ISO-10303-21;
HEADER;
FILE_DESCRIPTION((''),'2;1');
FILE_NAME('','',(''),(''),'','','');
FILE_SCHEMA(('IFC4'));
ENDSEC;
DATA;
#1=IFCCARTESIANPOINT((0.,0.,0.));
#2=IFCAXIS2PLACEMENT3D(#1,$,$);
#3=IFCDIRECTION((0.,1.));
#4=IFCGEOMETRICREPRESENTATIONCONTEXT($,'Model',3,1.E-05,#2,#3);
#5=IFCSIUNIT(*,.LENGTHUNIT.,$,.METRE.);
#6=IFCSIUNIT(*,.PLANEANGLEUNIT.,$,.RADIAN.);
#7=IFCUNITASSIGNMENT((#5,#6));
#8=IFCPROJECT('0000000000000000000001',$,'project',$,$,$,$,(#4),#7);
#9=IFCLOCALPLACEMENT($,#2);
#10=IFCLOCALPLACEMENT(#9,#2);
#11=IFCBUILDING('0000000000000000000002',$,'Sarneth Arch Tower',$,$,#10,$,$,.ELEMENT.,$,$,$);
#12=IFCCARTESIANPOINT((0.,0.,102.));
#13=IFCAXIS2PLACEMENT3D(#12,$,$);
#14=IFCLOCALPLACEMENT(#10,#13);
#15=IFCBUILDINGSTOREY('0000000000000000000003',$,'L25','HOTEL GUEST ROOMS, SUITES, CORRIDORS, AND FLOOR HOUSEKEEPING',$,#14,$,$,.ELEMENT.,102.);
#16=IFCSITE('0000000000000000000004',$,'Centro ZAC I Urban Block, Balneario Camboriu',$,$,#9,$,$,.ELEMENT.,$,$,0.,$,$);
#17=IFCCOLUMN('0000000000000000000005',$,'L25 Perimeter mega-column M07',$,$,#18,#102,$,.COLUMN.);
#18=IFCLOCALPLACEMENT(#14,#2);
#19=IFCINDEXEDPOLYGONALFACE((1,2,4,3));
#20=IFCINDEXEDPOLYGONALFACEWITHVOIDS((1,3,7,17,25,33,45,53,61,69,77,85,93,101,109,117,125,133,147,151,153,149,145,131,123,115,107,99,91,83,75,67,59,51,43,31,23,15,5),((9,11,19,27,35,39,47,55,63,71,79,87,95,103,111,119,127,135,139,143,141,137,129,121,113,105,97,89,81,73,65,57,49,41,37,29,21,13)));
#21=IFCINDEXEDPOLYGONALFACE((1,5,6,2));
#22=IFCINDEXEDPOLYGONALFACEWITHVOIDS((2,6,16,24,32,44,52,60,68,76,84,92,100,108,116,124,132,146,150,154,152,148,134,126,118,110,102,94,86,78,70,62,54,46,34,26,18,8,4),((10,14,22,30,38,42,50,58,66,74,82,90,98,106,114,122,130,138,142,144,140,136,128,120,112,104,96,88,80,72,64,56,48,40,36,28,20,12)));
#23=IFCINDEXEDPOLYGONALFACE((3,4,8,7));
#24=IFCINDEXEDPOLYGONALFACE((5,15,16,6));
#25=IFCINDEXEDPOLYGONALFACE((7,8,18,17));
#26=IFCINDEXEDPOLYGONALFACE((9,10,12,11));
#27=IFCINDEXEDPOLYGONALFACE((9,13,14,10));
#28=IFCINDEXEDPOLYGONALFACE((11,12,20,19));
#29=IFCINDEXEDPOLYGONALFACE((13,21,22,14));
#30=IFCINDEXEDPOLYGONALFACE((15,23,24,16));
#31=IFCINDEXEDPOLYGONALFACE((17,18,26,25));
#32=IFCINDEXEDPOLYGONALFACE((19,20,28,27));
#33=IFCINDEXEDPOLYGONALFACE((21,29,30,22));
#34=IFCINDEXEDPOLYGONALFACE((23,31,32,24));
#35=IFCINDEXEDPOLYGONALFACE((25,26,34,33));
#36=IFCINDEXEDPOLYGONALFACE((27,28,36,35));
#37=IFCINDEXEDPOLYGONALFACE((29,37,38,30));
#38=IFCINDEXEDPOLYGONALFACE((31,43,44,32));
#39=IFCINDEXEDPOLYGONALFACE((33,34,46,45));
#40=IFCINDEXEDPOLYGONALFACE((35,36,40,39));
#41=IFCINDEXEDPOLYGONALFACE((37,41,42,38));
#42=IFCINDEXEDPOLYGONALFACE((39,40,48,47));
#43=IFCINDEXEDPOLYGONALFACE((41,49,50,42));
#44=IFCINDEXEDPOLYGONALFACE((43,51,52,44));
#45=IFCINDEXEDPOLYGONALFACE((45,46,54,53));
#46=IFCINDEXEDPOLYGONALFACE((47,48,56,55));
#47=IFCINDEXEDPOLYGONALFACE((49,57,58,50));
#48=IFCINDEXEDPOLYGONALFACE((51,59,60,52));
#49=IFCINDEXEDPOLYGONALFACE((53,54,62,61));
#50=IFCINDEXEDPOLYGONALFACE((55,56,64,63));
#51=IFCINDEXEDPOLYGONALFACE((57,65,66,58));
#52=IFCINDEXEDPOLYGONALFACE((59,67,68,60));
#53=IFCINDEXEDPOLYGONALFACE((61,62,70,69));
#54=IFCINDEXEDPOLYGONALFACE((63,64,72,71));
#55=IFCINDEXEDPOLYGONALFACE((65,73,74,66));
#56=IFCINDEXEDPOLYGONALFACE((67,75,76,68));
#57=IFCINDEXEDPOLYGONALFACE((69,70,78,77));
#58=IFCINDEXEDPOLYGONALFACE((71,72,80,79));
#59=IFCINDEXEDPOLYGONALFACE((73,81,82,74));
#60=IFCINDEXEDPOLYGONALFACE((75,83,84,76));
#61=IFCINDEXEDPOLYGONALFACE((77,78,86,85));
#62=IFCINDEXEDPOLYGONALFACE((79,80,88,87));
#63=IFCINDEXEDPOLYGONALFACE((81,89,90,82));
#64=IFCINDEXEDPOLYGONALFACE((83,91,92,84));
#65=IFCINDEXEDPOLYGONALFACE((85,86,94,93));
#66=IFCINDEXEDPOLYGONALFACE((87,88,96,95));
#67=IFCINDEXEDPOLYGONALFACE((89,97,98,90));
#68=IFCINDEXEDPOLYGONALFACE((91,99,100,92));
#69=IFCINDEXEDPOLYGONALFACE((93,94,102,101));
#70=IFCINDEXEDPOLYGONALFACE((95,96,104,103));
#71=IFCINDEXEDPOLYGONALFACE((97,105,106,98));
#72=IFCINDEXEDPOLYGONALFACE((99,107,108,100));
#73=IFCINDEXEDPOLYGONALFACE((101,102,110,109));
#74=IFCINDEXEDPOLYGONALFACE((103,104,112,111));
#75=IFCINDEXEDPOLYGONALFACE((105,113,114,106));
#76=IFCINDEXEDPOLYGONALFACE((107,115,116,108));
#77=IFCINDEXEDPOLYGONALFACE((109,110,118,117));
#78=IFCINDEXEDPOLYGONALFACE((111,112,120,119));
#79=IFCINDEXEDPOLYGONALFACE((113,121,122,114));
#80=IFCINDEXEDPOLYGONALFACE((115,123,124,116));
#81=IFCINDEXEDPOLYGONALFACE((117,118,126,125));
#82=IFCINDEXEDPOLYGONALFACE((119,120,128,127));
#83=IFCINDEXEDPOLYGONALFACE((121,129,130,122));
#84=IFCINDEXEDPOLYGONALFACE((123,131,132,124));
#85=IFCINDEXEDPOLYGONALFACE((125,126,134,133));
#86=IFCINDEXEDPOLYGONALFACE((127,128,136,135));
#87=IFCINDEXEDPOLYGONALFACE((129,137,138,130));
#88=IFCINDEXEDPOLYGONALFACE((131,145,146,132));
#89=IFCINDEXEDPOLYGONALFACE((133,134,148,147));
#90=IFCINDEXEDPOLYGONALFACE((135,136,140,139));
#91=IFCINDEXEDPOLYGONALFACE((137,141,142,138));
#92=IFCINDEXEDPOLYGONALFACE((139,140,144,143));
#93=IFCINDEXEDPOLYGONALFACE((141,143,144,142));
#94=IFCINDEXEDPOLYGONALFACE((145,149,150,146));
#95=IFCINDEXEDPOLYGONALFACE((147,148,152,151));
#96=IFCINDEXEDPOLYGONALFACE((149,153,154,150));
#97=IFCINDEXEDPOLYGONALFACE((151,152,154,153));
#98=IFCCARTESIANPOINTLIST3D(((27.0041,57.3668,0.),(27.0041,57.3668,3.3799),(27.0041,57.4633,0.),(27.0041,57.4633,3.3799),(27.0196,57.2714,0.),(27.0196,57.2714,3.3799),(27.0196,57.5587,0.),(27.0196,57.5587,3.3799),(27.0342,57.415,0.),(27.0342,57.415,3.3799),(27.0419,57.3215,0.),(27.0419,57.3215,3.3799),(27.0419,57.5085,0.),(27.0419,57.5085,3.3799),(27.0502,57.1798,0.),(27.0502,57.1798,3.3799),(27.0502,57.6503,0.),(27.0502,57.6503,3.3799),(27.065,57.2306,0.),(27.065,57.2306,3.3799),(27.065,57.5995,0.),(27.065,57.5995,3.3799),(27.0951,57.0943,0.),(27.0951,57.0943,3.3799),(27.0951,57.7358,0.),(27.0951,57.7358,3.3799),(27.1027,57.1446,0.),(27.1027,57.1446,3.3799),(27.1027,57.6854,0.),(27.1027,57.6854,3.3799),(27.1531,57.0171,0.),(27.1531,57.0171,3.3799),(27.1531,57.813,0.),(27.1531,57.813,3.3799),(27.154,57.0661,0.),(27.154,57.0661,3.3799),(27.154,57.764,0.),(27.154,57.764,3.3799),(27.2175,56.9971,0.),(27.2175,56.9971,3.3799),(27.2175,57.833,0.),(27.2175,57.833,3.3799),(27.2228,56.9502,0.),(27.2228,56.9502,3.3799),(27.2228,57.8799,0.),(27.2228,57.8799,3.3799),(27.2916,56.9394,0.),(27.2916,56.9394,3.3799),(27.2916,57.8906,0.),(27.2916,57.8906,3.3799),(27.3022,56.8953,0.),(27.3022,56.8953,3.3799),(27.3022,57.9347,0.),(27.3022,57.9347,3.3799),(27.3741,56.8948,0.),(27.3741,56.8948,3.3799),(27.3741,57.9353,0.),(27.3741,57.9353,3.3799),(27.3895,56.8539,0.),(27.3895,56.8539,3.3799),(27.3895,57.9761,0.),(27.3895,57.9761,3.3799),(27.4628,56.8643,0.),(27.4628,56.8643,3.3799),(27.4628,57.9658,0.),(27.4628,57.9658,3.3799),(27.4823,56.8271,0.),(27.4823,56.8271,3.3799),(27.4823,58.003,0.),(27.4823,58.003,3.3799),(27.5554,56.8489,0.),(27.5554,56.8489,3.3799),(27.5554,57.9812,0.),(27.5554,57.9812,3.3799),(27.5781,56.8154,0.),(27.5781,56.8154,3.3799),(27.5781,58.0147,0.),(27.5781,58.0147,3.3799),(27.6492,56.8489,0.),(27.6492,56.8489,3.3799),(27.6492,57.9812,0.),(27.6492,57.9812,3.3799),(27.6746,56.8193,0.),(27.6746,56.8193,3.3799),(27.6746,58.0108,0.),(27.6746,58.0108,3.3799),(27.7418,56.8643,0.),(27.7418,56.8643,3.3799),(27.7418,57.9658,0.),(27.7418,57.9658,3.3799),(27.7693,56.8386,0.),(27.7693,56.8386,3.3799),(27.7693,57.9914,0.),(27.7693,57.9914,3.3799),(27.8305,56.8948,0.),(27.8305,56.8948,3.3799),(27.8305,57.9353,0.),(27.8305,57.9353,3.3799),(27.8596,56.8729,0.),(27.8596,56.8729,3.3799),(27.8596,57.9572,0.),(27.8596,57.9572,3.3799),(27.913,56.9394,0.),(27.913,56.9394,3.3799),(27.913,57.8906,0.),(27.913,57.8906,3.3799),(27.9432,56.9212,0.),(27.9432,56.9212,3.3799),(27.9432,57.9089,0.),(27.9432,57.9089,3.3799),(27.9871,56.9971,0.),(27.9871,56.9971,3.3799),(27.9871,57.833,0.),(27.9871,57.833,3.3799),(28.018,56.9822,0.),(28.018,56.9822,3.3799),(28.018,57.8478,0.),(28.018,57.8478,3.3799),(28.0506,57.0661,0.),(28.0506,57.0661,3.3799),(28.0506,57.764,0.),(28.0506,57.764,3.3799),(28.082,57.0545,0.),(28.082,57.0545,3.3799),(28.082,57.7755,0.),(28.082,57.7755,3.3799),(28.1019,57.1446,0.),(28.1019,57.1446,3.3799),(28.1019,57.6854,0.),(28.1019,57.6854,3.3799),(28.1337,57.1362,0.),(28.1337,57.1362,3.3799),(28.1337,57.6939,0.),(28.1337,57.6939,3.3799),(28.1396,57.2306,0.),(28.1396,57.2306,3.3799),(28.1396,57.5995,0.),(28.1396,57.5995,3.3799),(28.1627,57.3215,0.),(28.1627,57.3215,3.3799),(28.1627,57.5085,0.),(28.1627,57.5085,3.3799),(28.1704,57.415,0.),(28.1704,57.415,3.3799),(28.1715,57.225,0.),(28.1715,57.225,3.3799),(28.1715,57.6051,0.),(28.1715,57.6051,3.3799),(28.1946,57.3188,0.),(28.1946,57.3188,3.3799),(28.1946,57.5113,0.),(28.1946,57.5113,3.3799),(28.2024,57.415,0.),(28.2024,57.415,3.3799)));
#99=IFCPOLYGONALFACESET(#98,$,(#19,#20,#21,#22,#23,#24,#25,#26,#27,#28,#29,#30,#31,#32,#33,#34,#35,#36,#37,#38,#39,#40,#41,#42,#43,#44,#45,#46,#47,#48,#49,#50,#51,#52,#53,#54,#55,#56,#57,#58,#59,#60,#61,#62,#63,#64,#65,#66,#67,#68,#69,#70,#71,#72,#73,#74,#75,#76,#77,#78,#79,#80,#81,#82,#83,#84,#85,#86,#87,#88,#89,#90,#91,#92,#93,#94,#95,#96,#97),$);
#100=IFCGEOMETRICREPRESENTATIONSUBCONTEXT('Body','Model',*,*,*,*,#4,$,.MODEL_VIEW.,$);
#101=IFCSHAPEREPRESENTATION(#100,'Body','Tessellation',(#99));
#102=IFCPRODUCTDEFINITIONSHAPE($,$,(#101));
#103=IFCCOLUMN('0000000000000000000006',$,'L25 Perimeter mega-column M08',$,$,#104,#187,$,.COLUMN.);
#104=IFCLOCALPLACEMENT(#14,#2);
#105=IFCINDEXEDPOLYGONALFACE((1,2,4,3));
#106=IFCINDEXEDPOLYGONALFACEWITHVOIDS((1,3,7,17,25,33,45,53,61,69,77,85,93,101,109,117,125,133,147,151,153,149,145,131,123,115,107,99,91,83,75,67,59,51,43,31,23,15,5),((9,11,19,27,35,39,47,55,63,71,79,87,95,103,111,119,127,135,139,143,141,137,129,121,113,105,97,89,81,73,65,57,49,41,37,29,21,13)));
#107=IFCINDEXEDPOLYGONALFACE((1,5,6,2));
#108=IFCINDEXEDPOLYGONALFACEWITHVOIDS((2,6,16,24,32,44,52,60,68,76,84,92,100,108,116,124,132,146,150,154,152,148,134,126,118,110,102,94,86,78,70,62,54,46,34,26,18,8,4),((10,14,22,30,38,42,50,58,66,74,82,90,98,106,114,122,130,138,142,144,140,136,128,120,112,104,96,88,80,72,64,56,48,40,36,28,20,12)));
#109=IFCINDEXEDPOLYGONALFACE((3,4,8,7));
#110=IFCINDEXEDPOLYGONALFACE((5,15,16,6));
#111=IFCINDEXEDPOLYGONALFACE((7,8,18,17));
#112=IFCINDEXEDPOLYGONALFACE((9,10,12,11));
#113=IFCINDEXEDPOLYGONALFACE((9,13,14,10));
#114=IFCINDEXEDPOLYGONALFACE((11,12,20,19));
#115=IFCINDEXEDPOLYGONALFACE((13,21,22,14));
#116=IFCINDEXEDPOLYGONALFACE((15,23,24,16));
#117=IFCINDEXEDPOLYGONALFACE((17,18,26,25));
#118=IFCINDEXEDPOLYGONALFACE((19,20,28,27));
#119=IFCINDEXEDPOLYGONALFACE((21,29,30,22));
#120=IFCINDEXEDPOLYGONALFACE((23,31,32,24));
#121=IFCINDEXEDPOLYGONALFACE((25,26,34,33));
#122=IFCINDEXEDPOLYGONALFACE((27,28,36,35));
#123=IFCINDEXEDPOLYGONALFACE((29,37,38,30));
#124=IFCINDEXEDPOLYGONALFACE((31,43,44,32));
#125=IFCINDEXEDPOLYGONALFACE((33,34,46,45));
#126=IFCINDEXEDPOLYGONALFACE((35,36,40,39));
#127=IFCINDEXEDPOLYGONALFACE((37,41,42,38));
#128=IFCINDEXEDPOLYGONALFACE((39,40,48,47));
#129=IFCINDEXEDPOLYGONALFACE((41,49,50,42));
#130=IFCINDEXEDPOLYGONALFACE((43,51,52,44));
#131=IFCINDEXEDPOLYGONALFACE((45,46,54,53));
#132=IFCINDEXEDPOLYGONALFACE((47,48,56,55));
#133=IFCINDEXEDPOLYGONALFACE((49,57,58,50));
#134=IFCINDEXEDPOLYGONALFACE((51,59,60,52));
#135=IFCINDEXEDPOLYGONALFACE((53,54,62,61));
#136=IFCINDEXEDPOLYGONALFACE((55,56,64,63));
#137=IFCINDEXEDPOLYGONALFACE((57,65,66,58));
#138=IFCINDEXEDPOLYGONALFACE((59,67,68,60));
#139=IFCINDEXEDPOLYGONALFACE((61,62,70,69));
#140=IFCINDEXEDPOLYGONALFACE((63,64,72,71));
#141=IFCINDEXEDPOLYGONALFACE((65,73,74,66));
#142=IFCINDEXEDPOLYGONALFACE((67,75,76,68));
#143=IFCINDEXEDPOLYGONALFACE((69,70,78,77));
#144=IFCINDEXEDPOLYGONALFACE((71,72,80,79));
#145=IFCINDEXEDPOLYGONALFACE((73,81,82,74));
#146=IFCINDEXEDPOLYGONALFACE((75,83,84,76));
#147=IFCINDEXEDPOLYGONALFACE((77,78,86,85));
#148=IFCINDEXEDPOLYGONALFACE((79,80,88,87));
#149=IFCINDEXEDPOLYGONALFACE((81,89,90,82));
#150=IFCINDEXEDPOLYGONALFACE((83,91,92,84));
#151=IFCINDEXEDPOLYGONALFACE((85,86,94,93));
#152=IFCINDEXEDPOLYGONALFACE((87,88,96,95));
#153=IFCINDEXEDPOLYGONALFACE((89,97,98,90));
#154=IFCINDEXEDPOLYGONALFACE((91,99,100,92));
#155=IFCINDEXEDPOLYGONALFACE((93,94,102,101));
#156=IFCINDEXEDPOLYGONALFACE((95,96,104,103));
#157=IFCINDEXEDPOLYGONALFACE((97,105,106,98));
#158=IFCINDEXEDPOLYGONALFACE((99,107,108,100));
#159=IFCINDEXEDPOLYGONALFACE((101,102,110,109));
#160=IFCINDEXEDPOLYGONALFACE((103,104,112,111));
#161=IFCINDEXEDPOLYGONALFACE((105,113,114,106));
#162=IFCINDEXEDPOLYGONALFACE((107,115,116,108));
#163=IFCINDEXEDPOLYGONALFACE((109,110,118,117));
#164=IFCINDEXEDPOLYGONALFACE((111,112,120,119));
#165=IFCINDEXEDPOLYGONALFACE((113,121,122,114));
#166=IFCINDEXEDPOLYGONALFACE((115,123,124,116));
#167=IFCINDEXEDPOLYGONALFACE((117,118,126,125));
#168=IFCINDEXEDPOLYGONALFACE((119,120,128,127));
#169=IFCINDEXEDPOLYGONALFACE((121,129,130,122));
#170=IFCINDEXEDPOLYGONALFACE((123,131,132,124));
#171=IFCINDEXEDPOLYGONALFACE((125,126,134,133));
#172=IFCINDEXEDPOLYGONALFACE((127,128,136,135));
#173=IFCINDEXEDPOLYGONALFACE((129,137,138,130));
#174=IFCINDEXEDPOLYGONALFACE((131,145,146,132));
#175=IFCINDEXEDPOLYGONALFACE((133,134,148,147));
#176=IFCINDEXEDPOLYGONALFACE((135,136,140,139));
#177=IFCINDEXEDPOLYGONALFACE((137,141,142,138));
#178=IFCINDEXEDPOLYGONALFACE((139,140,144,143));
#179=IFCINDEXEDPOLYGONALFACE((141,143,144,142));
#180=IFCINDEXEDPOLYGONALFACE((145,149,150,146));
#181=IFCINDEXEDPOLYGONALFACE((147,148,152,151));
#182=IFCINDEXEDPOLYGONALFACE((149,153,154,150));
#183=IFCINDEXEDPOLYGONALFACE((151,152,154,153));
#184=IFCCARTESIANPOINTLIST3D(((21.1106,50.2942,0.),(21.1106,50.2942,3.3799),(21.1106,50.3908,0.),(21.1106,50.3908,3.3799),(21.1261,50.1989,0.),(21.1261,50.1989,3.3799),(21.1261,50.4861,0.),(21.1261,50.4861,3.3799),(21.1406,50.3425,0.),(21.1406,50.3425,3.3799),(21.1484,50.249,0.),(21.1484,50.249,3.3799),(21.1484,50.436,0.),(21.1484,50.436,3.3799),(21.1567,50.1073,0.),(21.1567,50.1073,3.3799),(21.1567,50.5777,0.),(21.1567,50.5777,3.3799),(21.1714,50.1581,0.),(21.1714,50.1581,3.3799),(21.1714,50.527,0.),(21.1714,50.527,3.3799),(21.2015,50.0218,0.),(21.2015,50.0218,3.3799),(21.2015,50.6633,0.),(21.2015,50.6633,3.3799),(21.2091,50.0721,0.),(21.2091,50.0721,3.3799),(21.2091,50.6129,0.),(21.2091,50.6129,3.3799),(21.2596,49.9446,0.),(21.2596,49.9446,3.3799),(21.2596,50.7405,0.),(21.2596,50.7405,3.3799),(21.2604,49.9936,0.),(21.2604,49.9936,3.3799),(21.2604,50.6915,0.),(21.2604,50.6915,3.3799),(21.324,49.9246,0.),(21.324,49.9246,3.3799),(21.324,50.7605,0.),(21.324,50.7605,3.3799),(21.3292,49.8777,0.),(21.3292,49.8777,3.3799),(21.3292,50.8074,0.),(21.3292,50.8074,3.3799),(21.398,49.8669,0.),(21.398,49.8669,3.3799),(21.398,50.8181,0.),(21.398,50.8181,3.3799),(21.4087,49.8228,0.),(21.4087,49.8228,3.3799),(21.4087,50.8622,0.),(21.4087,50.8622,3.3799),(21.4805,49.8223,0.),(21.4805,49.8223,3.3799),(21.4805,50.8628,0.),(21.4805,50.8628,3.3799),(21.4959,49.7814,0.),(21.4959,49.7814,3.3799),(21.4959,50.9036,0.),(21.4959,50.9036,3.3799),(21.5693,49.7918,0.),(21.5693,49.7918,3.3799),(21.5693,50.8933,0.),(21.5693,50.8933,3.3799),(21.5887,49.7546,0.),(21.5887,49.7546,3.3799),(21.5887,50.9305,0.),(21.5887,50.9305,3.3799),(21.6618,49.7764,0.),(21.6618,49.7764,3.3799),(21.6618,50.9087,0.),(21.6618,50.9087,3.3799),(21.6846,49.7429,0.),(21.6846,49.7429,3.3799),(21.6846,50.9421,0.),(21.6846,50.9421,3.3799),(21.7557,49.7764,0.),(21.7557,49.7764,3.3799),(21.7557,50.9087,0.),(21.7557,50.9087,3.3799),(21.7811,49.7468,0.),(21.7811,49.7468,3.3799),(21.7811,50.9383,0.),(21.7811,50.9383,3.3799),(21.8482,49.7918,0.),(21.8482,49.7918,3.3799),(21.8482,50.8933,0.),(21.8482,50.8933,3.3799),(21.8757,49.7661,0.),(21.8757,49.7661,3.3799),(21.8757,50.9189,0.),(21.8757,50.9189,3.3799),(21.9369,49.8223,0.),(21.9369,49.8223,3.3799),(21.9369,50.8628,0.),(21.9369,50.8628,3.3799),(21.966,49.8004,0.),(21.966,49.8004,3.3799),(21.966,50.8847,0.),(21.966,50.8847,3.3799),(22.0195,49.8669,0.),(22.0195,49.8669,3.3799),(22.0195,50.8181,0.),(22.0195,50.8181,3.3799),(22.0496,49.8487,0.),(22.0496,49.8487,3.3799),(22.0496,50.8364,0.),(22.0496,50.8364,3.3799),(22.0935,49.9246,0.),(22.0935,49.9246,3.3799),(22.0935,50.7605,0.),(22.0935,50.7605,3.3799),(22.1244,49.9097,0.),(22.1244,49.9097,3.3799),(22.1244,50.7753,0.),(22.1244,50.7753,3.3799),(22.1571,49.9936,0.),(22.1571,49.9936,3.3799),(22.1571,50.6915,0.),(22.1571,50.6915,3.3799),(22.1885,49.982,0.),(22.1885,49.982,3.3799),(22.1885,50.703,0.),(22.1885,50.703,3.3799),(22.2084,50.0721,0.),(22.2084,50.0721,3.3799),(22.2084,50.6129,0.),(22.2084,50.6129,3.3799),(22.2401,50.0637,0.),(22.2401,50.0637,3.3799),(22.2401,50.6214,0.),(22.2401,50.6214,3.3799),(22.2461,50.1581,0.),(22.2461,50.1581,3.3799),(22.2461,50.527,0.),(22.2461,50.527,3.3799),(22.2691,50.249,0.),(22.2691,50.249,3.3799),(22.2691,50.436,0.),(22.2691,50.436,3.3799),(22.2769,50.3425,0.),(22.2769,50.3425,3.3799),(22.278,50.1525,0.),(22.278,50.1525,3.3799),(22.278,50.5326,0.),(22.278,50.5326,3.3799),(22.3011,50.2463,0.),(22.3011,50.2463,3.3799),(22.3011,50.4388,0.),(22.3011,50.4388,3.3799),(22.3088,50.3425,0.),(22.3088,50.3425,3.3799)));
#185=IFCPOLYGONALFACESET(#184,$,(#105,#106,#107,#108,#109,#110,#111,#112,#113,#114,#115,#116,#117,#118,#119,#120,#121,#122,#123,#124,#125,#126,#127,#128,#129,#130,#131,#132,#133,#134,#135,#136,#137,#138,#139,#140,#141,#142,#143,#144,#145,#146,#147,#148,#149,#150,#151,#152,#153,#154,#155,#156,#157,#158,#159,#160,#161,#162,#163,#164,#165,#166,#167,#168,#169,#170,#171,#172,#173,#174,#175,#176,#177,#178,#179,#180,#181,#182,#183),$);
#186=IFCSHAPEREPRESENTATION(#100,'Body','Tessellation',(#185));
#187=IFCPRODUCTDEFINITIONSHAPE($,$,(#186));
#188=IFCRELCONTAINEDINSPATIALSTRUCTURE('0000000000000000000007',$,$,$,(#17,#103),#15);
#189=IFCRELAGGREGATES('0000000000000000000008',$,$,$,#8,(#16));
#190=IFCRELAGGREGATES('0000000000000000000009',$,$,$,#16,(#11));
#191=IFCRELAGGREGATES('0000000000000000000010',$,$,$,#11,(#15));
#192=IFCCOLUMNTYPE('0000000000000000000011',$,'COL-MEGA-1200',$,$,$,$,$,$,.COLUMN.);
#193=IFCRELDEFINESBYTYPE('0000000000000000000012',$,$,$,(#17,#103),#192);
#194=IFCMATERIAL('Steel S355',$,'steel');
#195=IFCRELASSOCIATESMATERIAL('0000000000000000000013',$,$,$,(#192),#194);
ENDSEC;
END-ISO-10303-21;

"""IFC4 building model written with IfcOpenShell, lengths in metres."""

from ifc_helpers import new_model, si_unit, direction, frame, origin, origin_2d, place, context, subcontext, project, spatial, hollow_circle, extrude, material, material_profile, profile_set, type_object, element, save


model = new_model("IFC4")

# Units and contexts
model_context = context("Model", 3, precision=1e-05, world=origin(), true_north=direction((0.0, 1.0)))
body_context = subcontext(model_context, "Body", "Model", "MODEL_VIEW")
ifc_project = project(units=[si_unit("LENGTHUNIT", "METRE"), si_unit("PLANEANGLEUNIT", "RADIAN")], contexts=[model_context])

# Site, building, storey
site_placement = place(None, origin())
site = spatial("IfcSite", under=ifc_project, at=site_placement, Name="Centro ZAC I Urban Block, Balneario Camboriu", CompositionType="ELEMENT", RefElevation=0.0)
building_placement = place(site_placement, origin())
building = spatial("IfcBuilding", under=site, at=building_placement, Name="Sarneth Arch Tower", CompositionType="ELEMENT")
storey_placement = place(building_placement, frame((0.0, 0.0, 102.0)))
storey = spatial("IfcBuildingStorey", under=building, at=storey_placement, Name="L25", Description="HOTEL GUEST ROOMS, SUITES, CORRIDORS, AND FLOOR HOUSEKEEPING", CompositionType="ELEMENT", Elevation=102.0)

# Columns
ifc_material_1 = material(Name="Steel S355", Category="steel")
ifc_material_profile_1 = material_profile(ifc_material_1, hollow_circle(Radius=0.6001, WallThickness=0.032, at=origin_2d()), Name="CHS1200x32")
ifc_profile_set_1 = profile_set([ifc_material_profile_1], Name="Steel S355")
column_type = type_object("IfcColumnType", Name="COL-MEGA-1200", PredefinedType="COLUMN", material=ifc_profile_set_1)
for number, where, z_axis, x_axis, name in (
    (1, (27.6023, 57.415, 0.0), (0.0, 0.0, 1.0), (1.0, 0.0, 0.0), "L25 Perimeter mega-column M07"),
    (2, (21.7087, 50.3425, 0.0), (0.0, 0.0, 1.0), (1.0, 0.0, 0.0), "L25 Perimeter mega-column M08"),
):
    element("IfcColumn", number, at=place(storey_placement, frame(where, z_axis=z_axis, x_axis=x_axis)), inside=storey, type_object=column_type, Name=name, PredefinedType="COLUMN", context=body_context, shape_type="SweptSolid", body=[
        extrude(hollow_circle(Radius=0.6001, WallThickness=0.032, at=origin_2d()), origin(), (0.0, 0.0, 1.0), 3.3799),
    ])

save(model, "model.ifc")
